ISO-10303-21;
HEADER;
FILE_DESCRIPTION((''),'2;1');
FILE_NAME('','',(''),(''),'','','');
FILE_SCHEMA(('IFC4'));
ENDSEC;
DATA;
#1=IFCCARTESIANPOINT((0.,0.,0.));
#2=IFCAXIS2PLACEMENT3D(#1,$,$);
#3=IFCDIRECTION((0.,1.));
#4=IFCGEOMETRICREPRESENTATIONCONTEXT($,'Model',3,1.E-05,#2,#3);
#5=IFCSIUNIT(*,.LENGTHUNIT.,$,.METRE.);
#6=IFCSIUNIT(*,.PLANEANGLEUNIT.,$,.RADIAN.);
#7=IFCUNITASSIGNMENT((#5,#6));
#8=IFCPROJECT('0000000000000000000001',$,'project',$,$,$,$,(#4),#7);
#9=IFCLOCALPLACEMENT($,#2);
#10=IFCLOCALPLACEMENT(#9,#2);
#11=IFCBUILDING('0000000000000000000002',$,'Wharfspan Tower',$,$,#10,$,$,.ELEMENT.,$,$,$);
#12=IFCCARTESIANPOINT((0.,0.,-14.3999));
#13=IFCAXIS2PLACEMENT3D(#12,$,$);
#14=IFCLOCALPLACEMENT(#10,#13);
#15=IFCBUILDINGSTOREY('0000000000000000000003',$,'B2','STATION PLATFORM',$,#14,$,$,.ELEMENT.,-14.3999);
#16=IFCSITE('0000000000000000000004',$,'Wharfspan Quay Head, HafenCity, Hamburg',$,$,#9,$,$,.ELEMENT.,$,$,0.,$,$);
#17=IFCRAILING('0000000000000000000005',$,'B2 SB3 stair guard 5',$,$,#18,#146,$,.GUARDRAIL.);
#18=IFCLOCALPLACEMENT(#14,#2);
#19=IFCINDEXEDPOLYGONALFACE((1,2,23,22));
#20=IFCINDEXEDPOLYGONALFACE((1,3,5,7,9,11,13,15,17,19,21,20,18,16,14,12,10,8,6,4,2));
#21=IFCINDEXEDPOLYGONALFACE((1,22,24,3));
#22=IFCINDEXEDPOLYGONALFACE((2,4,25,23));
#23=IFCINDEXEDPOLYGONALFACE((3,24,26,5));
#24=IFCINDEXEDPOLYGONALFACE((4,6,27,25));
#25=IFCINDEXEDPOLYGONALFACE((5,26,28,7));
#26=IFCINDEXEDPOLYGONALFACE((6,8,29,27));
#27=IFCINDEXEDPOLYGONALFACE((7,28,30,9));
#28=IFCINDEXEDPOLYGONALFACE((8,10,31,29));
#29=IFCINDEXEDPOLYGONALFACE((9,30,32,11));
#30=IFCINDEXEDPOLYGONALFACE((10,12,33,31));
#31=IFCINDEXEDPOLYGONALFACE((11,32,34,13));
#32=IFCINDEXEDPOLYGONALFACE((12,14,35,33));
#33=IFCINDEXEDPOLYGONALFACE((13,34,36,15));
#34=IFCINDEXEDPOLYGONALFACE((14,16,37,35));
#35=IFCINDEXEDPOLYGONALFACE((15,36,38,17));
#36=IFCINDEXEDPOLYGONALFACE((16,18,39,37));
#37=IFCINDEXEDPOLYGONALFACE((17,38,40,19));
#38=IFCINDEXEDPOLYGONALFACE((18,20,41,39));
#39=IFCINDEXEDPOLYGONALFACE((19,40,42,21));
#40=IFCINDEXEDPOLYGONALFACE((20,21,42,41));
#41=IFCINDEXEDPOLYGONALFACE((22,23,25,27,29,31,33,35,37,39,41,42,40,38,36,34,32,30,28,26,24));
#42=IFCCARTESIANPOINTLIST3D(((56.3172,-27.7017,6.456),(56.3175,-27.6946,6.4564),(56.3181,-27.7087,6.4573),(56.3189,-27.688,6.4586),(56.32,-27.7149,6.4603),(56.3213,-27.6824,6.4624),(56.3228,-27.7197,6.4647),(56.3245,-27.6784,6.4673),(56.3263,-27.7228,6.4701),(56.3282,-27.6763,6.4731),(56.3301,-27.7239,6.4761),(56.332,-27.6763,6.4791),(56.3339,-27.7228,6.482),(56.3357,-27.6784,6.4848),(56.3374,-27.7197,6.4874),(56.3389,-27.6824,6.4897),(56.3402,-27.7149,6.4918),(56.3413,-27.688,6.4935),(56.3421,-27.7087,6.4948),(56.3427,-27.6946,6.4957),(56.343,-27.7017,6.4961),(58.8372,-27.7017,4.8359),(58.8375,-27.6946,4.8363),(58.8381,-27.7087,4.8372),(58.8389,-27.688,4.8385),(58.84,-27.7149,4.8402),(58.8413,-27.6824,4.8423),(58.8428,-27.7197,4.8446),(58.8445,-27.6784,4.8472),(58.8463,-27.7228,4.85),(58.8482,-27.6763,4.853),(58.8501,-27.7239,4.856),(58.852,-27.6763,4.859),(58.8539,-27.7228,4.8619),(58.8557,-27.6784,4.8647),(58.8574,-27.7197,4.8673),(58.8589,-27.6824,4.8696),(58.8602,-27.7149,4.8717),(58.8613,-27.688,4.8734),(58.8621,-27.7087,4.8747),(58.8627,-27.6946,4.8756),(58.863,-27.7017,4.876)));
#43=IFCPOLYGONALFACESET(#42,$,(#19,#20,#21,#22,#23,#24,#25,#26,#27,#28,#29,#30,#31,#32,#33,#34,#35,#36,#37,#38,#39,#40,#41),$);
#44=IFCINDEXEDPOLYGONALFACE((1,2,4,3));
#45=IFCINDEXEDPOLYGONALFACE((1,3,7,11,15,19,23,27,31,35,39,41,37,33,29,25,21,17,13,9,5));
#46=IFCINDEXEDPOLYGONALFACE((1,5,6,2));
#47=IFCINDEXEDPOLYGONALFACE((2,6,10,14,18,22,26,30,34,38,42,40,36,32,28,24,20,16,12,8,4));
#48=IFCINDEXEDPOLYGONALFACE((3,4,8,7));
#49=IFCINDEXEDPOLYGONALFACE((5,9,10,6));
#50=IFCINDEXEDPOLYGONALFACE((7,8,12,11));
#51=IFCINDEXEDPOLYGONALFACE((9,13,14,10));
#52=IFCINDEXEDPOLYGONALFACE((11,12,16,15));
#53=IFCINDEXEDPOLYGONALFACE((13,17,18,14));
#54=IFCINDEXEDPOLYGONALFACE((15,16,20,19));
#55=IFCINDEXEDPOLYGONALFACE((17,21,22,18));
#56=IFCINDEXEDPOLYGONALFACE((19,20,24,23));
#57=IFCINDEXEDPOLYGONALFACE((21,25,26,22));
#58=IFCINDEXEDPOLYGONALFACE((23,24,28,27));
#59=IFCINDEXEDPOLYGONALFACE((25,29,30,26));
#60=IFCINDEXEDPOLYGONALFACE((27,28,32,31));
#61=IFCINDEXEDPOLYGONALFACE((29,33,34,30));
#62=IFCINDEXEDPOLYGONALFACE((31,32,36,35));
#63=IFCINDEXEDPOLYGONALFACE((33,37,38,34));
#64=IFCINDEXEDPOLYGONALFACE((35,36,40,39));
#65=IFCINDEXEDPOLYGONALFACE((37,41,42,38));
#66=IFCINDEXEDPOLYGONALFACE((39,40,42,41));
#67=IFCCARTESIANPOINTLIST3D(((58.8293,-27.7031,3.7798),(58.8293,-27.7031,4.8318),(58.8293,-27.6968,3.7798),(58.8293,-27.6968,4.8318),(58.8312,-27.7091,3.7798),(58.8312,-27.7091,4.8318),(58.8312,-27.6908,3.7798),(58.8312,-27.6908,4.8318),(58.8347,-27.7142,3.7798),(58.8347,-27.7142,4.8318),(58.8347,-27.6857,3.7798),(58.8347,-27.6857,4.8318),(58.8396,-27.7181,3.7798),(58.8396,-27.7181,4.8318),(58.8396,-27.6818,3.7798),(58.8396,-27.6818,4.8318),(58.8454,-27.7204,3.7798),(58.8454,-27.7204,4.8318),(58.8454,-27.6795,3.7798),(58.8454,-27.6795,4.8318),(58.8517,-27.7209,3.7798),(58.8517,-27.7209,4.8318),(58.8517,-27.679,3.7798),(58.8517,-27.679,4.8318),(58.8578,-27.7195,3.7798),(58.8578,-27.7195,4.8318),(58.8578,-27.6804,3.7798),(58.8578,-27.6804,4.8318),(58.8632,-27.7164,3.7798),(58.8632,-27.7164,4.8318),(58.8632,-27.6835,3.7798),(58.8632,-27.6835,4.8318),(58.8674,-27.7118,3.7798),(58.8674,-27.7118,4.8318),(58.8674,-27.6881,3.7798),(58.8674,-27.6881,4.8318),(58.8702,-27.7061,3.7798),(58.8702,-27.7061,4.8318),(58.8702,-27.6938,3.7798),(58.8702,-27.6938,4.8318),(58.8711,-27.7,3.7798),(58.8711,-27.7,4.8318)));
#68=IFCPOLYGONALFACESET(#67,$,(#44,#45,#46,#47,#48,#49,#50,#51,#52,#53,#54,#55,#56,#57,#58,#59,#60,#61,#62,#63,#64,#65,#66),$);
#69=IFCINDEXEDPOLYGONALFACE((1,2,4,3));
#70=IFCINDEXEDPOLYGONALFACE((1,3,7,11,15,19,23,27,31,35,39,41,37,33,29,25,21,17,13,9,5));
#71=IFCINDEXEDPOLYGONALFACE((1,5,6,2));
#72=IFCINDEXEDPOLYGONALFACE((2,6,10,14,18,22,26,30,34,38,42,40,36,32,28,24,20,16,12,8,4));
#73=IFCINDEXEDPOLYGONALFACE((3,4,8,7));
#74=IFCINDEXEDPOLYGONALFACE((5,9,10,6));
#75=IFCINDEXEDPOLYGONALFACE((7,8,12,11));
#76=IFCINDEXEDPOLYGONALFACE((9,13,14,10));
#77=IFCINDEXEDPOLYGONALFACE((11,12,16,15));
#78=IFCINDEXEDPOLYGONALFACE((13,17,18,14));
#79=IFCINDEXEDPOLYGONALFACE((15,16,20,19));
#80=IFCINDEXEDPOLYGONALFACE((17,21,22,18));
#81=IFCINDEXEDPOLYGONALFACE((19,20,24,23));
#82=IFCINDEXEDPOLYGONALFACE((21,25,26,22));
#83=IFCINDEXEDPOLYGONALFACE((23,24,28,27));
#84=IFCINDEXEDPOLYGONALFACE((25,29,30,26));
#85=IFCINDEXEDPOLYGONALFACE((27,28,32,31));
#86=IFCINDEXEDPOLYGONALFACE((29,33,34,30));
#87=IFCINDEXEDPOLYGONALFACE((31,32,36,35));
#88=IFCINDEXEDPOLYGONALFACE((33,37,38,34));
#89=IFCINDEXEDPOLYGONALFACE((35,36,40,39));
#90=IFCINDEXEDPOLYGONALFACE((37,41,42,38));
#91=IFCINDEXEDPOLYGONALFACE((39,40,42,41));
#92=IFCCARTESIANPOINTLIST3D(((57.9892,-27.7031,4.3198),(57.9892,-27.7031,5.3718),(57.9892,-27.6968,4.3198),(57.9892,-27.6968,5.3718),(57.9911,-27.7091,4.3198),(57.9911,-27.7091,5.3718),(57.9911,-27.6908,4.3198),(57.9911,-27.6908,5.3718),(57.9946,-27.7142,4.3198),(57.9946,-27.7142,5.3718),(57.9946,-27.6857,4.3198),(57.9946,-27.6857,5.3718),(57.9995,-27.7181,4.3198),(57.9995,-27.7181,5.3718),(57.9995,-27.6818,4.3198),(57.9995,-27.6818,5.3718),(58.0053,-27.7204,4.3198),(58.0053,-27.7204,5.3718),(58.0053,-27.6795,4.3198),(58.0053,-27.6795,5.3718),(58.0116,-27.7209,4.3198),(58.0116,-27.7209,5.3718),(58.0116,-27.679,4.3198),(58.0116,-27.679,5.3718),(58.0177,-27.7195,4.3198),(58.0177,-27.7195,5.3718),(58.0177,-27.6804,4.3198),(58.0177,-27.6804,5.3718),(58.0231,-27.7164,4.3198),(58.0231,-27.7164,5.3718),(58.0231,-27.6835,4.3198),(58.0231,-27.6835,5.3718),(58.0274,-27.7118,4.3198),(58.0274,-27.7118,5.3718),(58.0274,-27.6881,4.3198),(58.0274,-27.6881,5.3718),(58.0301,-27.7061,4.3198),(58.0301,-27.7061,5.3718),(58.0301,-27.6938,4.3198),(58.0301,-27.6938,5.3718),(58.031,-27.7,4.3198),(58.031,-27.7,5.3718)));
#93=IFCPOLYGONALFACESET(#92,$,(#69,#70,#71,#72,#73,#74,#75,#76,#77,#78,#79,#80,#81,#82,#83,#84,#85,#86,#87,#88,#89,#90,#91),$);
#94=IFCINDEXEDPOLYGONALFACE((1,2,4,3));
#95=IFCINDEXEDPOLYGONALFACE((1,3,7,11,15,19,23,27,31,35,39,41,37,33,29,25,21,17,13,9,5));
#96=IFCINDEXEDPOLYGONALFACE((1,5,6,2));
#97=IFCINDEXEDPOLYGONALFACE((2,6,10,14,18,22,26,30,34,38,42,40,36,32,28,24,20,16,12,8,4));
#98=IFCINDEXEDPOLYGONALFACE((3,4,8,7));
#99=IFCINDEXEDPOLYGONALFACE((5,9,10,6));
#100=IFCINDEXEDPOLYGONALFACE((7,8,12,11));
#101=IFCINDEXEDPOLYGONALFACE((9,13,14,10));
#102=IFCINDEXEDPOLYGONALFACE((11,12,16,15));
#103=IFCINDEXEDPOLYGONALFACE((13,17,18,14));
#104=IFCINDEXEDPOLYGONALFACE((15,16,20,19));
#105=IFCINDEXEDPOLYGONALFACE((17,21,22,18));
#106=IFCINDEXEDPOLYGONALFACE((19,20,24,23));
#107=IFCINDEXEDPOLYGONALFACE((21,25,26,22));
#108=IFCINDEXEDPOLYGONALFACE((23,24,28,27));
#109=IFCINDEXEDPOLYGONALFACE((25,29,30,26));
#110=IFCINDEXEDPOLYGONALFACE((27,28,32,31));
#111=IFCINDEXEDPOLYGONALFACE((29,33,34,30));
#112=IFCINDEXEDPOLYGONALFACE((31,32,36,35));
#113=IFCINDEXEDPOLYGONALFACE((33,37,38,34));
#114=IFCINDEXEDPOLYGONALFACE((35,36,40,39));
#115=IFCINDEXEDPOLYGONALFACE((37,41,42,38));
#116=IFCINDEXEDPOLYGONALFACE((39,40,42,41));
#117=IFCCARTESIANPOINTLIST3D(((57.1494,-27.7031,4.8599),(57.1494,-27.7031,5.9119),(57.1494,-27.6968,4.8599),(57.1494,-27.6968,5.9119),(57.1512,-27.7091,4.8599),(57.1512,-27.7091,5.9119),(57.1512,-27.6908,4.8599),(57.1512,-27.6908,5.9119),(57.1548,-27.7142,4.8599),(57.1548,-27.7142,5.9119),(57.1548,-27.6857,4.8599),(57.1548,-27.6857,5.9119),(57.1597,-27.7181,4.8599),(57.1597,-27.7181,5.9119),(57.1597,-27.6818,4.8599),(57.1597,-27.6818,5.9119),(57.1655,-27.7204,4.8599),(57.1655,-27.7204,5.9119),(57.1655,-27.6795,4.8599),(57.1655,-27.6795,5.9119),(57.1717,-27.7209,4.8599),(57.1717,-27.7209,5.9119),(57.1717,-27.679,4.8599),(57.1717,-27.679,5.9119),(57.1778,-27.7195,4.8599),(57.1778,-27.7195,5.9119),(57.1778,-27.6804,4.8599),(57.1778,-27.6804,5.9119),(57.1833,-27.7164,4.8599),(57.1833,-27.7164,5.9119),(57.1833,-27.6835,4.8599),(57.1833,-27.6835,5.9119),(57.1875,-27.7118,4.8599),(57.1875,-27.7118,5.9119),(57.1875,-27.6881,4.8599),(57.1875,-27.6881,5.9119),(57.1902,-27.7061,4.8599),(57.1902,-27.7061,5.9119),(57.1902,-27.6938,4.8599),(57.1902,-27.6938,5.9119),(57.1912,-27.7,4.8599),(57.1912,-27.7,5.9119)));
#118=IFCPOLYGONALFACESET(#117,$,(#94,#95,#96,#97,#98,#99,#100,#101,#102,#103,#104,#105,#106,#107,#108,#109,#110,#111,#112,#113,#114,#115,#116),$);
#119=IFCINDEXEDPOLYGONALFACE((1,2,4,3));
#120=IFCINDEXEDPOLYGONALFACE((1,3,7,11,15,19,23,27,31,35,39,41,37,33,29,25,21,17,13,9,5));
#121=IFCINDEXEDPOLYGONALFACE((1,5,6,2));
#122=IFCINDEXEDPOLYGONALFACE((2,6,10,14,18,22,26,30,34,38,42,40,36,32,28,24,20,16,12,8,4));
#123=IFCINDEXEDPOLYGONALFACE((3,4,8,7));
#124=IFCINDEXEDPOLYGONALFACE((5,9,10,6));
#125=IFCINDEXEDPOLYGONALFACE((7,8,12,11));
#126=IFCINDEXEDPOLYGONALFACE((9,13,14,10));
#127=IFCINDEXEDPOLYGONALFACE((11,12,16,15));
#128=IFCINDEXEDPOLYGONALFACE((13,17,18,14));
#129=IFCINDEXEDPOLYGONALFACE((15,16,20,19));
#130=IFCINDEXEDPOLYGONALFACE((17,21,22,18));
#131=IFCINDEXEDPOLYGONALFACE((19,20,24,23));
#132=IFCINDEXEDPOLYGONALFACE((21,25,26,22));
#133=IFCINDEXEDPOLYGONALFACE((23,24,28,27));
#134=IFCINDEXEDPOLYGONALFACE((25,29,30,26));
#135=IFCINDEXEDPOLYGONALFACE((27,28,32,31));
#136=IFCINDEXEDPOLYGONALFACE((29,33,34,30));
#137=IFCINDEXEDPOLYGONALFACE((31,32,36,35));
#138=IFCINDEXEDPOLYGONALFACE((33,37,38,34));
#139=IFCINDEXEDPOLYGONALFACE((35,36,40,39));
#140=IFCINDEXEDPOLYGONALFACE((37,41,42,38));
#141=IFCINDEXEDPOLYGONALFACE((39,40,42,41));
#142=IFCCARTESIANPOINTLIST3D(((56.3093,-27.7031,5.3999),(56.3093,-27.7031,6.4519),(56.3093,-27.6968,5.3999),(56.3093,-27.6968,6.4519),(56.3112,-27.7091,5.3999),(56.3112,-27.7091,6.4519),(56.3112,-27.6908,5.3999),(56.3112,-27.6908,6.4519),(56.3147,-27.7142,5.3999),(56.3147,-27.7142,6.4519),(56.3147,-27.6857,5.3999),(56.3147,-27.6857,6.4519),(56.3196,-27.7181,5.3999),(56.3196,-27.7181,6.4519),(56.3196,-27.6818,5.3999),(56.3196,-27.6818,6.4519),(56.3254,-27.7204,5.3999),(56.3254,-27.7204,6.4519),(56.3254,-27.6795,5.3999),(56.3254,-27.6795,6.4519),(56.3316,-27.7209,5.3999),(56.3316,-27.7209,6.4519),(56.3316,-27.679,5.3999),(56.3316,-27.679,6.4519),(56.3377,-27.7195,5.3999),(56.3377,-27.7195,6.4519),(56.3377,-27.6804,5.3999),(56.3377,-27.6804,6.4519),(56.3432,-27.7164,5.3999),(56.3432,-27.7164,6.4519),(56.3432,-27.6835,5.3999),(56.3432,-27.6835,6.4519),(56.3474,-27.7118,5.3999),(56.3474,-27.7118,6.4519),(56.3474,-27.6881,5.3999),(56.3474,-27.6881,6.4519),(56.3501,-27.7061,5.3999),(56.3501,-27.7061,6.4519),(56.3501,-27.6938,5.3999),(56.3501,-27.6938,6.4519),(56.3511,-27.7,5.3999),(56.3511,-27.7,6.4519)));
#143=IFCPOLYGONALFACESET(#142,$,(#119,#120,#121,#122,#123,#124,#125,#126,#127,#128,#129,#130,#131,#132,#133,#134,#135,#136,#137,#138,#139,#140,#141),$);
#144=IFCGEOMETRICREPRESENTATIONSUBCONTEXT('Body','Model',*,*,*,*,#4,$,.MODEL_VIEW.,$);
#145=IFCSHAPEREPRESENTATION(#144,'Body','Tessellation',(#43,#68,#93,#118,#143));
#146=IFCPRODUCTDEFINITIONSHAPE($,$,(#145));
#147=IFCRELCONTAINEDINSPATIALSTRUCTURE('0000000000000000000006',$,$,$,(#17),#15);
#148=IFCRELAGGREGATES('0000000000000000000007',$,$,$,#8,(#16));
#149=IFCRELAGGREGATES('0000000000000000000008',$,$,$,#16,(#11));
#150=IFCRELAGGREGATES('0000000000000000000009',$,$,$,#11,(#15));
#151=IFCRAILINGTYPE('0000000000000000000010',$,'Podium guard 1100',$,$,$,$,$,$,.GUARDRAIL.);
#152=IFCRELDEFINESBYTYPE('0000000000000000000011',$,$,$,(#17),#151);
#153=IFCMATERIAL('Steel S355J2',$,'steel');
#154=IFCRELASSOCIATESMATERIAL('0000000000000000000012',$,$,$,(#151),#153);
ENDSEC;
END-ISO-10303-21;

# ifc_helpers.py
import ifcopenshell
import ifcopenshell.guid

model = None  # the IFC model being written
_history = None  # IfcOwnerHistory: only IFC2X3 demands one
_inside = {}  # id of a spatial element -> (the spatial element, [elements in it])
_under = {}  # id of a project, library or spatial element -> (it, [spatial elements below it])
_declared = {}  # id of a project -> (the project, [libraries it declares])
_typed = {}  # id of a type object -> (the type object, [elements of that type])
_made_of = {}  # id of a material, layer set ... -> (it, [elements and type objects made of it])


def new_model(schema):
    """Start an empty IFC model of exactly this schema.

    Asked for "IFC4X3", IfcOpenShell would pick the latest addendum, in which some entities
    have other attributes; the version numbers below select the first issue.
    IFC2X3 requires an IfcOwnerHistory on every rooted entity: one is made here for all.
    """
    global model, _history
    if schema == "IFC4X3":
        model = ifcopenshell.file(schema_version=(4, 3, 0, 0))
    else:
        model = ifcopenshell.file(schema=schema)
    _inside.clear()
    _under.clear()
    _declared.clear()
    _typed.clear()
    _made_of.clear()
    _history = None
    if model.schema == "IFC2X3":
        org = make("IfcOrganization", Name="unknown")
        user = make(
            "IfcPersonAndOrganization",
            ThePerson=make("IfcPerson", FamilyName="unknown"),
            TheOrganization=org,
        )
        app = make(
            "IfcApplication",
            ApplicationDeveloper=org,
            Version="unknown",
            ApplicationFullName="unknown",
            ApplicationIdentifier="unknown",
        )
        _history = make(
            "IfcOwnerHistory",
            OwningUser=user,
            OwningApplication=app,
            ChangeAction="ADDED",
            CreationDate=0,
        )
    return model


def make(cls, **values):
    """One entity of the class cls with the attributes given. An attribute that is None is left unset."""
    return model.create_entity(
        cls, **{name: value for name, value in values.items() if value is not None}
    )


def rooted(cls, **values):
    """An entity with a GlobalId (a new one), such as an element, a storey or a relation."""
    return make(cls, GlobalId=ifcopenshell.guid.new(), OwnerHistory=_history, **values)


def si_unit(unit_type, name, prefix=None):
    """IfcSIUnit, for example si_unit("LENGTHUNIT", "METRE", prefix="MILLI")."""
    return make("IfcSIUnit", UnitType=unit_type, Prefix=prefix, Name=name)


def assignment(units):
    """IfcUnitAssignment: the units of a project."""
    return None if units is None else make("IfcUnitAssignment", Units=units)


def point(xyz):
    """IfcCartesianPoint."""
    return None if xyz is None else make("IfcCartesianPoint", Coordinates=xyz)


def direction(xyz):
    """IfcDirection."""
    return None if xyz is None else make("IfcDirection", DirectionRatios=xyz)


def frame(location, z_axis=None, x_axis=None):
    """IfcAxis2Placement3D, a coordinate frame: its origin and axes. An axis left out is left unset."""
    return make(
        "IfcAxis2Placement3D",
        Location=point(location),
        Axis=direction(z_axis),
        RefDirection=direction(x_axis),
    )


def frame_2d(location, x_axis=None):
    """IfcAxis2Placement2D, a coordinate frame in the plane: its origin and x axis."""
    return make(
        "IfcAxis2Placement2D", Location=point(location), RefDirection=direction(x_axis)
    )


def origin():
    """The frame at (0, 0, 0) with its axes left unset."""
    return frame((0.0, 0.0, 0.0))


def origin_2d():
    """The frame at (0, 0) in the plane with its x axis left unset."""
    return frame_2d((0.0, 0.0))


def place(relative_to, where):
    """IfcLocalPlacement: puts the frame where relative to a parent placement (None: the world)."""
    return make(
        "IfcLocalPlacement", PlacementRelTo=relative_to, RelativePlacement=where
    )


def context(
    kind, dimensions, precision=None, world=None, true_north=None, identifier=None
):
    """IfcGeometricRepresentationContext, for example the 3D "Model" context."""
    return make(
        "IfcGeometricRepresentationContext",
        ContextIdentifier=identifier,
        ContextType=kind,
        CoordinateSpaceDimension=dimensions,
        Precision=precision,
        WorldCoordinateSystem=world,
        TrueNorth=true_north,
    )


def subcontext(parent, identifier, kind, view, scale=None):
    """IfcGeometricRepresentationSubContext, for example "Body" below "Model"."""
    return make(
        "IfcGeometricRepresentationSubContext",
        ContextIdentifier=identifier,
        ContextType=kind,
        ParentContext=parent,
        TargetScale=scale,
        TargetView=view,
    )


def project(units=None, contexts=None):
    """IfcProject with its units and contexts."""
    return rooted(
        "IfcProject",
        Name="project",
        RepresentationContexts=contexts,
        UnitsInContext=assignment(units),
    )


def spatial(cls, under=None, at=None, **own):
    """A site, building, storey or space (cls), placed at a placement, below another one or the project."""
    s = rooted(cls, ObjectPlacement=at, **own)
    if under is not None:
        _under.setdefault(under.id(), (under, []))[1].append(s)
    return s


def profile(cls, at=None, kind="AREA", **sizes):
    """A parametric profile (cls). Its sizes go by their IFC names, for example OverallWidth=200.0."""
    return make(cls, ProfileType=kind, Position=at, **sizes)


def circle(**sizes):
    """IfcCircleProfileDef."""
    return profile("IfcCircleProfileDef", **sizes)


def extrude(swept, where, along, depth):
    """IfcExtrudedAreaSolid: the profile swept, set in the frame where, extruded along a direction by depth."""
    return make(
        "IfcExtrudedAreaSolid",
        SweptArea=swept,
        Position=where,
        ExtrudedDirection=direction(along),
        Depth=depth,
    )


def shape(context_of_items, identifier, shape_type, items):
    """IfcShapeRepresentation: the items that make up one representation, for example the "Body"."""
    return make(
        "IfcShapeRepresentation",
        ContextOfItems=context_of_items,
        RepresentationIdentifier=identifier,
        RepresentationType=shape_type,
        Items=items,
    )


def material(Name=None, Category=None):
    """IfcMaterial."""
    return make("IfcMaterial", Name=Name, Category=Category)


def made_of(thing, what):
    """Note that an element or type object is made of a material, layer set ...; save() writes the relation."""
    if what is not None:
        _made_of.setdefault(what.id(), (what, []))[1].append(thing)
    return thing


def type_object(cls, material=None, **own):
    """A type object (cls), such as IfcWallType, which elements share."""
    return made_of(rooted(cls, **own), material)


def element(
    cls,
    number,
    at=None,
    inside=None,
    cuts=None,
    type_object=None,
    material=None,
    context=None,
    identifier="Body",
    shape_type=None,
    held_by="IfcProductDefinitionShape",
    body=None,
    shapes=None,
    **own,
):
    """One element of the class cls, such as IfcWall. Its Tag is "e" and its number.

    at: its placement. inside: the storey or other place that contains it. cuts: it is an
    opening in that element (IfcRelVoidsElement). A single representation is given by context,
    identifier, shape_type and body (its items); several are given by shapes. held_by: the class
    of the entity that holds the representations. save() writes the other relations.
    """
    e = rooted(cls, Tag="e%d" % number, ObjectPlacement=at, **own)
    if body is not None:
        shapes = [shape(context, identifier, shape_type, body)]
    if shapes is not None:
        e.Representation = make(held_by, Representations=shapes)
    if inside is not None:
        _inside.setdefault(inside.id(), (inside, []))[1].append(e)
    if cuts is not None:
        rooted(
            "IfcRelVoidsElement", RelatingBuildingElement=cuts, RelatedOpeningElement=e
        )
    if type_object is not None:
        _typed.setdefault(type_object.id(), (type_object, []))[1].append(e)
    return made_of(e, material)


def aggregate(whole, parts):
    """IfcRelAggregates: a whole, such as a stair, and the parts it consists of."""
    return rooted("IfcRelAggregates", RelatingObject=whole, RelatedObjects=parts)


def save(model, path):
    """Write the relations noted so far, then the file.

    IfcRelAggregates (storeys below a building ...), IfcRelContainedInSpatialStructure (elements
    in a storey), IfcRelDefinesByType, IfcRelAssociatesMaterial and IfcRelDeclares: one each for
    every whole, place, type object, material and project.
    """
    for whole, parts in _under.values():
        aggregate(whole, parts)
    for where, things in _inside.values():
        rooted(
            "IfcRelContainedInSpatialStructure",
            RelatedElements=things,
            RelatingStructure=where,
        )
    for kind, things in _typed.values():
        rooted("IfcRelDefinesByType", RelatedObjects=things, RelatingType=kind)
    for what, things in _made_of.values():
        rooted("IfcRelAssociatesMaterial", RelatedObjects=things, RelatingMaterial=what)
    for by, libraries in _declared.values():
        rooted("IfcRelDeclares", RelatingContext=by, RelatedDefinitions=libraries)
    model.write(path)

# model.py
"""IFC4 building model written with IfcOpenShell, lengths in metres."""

from ifc_helpers import new_model, si_unit, direction, frame, origin, origin_2d, place, context, subcontext, project, spatial, circle, extrude, material, type_object, element, save


model = new_model("IFC4")

# Units and contexts
model_context = context("Model", 3, precision=1e-05, world=origin(), true_north=direction((0.0, 1.0)))
body_context = subcontext(model_context, "Body", "Model", "MODEL_VIEW")
ifc_project = project(units=[si_unit("LENGTHUNIT", "METRE"), si_unit("PLANEANGLEUNIT", "RADIAN")], contexts=[model_context])

# Site, building, storey
site_placement = place(None, origin())
site = spatial("IfcSite", under=ifc_project, at=site_placement, Name="Wharfspan Quay Head, HafenCity, Hamburg", CompositionType="ELEMENT", RefElevation=0.0)
building_placement = place(site_placement, origin())
building = spatial("IfcBuilding", under=site, at=building_placement, Name="Wharfspan Tower", CompositionType="ELEMENT")
storey_placement = place(building_placement, frame((0.0, 0.0, -14.3999)))
storey = spatial("IfcBuildingStorey", under=building, at=storey_placement, Name="B2", Description="STATION PLATFORM", CompositionType="ELEMENT", Elevation=-14.3999)

# Railing
ifc_material_1 = material(Name="Steel S355J2", Category="steel")
railing_type_1 = type_object("IfcRailingType", Name="Podium guard 1100", PredefinedType="GUARDRAIL", material=ifc_material_1)
railing_1_placement = place(storey_placement, frame((58.8501, -27.7, 3.7798)))
element("IfcRailing", 1, at=railing_1_placement, inside=storey, type_object=railing_type_1, Name="B2 SB3 stair guard 5", PredefinedType="GUARDRAIL", context=body_context, shape_type="SweptSolid", body=[
    extrude(circle(Radius=0.0239, at=origin_2d()), frame((0.0, 0.0, 1.0762), z_axis=(-0.841163, 0.0, 0.540782), x_axis=(0.0, -1.0, 0.0)), (0.0, 0.0, 1.0), 2.9958),
    extrude(circle(Radius=0.021, at=origin_2d()), origin(), (0.0, 0.0, 1.0), 1.052),
    extrude(circle(Radius=0.021, at=origin_2d()), frame((-0.8401, 0.0, 0.54)), (0.0, 0.0, 1.0), 1.052),
    extrude(circle(Radius=0.021, at=origin_2d()), frame((-1.6799, 0.0, 1.0801)), (0.0, 0.0, 1.0), 1.052),
    extrude(circle(Radius=0.021, at=origin_2d()), frame((-2.52, 0.0, 1.6201)), (0.0, 0.0, 1.0), 1.052),
])

save(model, "model.ifc")
